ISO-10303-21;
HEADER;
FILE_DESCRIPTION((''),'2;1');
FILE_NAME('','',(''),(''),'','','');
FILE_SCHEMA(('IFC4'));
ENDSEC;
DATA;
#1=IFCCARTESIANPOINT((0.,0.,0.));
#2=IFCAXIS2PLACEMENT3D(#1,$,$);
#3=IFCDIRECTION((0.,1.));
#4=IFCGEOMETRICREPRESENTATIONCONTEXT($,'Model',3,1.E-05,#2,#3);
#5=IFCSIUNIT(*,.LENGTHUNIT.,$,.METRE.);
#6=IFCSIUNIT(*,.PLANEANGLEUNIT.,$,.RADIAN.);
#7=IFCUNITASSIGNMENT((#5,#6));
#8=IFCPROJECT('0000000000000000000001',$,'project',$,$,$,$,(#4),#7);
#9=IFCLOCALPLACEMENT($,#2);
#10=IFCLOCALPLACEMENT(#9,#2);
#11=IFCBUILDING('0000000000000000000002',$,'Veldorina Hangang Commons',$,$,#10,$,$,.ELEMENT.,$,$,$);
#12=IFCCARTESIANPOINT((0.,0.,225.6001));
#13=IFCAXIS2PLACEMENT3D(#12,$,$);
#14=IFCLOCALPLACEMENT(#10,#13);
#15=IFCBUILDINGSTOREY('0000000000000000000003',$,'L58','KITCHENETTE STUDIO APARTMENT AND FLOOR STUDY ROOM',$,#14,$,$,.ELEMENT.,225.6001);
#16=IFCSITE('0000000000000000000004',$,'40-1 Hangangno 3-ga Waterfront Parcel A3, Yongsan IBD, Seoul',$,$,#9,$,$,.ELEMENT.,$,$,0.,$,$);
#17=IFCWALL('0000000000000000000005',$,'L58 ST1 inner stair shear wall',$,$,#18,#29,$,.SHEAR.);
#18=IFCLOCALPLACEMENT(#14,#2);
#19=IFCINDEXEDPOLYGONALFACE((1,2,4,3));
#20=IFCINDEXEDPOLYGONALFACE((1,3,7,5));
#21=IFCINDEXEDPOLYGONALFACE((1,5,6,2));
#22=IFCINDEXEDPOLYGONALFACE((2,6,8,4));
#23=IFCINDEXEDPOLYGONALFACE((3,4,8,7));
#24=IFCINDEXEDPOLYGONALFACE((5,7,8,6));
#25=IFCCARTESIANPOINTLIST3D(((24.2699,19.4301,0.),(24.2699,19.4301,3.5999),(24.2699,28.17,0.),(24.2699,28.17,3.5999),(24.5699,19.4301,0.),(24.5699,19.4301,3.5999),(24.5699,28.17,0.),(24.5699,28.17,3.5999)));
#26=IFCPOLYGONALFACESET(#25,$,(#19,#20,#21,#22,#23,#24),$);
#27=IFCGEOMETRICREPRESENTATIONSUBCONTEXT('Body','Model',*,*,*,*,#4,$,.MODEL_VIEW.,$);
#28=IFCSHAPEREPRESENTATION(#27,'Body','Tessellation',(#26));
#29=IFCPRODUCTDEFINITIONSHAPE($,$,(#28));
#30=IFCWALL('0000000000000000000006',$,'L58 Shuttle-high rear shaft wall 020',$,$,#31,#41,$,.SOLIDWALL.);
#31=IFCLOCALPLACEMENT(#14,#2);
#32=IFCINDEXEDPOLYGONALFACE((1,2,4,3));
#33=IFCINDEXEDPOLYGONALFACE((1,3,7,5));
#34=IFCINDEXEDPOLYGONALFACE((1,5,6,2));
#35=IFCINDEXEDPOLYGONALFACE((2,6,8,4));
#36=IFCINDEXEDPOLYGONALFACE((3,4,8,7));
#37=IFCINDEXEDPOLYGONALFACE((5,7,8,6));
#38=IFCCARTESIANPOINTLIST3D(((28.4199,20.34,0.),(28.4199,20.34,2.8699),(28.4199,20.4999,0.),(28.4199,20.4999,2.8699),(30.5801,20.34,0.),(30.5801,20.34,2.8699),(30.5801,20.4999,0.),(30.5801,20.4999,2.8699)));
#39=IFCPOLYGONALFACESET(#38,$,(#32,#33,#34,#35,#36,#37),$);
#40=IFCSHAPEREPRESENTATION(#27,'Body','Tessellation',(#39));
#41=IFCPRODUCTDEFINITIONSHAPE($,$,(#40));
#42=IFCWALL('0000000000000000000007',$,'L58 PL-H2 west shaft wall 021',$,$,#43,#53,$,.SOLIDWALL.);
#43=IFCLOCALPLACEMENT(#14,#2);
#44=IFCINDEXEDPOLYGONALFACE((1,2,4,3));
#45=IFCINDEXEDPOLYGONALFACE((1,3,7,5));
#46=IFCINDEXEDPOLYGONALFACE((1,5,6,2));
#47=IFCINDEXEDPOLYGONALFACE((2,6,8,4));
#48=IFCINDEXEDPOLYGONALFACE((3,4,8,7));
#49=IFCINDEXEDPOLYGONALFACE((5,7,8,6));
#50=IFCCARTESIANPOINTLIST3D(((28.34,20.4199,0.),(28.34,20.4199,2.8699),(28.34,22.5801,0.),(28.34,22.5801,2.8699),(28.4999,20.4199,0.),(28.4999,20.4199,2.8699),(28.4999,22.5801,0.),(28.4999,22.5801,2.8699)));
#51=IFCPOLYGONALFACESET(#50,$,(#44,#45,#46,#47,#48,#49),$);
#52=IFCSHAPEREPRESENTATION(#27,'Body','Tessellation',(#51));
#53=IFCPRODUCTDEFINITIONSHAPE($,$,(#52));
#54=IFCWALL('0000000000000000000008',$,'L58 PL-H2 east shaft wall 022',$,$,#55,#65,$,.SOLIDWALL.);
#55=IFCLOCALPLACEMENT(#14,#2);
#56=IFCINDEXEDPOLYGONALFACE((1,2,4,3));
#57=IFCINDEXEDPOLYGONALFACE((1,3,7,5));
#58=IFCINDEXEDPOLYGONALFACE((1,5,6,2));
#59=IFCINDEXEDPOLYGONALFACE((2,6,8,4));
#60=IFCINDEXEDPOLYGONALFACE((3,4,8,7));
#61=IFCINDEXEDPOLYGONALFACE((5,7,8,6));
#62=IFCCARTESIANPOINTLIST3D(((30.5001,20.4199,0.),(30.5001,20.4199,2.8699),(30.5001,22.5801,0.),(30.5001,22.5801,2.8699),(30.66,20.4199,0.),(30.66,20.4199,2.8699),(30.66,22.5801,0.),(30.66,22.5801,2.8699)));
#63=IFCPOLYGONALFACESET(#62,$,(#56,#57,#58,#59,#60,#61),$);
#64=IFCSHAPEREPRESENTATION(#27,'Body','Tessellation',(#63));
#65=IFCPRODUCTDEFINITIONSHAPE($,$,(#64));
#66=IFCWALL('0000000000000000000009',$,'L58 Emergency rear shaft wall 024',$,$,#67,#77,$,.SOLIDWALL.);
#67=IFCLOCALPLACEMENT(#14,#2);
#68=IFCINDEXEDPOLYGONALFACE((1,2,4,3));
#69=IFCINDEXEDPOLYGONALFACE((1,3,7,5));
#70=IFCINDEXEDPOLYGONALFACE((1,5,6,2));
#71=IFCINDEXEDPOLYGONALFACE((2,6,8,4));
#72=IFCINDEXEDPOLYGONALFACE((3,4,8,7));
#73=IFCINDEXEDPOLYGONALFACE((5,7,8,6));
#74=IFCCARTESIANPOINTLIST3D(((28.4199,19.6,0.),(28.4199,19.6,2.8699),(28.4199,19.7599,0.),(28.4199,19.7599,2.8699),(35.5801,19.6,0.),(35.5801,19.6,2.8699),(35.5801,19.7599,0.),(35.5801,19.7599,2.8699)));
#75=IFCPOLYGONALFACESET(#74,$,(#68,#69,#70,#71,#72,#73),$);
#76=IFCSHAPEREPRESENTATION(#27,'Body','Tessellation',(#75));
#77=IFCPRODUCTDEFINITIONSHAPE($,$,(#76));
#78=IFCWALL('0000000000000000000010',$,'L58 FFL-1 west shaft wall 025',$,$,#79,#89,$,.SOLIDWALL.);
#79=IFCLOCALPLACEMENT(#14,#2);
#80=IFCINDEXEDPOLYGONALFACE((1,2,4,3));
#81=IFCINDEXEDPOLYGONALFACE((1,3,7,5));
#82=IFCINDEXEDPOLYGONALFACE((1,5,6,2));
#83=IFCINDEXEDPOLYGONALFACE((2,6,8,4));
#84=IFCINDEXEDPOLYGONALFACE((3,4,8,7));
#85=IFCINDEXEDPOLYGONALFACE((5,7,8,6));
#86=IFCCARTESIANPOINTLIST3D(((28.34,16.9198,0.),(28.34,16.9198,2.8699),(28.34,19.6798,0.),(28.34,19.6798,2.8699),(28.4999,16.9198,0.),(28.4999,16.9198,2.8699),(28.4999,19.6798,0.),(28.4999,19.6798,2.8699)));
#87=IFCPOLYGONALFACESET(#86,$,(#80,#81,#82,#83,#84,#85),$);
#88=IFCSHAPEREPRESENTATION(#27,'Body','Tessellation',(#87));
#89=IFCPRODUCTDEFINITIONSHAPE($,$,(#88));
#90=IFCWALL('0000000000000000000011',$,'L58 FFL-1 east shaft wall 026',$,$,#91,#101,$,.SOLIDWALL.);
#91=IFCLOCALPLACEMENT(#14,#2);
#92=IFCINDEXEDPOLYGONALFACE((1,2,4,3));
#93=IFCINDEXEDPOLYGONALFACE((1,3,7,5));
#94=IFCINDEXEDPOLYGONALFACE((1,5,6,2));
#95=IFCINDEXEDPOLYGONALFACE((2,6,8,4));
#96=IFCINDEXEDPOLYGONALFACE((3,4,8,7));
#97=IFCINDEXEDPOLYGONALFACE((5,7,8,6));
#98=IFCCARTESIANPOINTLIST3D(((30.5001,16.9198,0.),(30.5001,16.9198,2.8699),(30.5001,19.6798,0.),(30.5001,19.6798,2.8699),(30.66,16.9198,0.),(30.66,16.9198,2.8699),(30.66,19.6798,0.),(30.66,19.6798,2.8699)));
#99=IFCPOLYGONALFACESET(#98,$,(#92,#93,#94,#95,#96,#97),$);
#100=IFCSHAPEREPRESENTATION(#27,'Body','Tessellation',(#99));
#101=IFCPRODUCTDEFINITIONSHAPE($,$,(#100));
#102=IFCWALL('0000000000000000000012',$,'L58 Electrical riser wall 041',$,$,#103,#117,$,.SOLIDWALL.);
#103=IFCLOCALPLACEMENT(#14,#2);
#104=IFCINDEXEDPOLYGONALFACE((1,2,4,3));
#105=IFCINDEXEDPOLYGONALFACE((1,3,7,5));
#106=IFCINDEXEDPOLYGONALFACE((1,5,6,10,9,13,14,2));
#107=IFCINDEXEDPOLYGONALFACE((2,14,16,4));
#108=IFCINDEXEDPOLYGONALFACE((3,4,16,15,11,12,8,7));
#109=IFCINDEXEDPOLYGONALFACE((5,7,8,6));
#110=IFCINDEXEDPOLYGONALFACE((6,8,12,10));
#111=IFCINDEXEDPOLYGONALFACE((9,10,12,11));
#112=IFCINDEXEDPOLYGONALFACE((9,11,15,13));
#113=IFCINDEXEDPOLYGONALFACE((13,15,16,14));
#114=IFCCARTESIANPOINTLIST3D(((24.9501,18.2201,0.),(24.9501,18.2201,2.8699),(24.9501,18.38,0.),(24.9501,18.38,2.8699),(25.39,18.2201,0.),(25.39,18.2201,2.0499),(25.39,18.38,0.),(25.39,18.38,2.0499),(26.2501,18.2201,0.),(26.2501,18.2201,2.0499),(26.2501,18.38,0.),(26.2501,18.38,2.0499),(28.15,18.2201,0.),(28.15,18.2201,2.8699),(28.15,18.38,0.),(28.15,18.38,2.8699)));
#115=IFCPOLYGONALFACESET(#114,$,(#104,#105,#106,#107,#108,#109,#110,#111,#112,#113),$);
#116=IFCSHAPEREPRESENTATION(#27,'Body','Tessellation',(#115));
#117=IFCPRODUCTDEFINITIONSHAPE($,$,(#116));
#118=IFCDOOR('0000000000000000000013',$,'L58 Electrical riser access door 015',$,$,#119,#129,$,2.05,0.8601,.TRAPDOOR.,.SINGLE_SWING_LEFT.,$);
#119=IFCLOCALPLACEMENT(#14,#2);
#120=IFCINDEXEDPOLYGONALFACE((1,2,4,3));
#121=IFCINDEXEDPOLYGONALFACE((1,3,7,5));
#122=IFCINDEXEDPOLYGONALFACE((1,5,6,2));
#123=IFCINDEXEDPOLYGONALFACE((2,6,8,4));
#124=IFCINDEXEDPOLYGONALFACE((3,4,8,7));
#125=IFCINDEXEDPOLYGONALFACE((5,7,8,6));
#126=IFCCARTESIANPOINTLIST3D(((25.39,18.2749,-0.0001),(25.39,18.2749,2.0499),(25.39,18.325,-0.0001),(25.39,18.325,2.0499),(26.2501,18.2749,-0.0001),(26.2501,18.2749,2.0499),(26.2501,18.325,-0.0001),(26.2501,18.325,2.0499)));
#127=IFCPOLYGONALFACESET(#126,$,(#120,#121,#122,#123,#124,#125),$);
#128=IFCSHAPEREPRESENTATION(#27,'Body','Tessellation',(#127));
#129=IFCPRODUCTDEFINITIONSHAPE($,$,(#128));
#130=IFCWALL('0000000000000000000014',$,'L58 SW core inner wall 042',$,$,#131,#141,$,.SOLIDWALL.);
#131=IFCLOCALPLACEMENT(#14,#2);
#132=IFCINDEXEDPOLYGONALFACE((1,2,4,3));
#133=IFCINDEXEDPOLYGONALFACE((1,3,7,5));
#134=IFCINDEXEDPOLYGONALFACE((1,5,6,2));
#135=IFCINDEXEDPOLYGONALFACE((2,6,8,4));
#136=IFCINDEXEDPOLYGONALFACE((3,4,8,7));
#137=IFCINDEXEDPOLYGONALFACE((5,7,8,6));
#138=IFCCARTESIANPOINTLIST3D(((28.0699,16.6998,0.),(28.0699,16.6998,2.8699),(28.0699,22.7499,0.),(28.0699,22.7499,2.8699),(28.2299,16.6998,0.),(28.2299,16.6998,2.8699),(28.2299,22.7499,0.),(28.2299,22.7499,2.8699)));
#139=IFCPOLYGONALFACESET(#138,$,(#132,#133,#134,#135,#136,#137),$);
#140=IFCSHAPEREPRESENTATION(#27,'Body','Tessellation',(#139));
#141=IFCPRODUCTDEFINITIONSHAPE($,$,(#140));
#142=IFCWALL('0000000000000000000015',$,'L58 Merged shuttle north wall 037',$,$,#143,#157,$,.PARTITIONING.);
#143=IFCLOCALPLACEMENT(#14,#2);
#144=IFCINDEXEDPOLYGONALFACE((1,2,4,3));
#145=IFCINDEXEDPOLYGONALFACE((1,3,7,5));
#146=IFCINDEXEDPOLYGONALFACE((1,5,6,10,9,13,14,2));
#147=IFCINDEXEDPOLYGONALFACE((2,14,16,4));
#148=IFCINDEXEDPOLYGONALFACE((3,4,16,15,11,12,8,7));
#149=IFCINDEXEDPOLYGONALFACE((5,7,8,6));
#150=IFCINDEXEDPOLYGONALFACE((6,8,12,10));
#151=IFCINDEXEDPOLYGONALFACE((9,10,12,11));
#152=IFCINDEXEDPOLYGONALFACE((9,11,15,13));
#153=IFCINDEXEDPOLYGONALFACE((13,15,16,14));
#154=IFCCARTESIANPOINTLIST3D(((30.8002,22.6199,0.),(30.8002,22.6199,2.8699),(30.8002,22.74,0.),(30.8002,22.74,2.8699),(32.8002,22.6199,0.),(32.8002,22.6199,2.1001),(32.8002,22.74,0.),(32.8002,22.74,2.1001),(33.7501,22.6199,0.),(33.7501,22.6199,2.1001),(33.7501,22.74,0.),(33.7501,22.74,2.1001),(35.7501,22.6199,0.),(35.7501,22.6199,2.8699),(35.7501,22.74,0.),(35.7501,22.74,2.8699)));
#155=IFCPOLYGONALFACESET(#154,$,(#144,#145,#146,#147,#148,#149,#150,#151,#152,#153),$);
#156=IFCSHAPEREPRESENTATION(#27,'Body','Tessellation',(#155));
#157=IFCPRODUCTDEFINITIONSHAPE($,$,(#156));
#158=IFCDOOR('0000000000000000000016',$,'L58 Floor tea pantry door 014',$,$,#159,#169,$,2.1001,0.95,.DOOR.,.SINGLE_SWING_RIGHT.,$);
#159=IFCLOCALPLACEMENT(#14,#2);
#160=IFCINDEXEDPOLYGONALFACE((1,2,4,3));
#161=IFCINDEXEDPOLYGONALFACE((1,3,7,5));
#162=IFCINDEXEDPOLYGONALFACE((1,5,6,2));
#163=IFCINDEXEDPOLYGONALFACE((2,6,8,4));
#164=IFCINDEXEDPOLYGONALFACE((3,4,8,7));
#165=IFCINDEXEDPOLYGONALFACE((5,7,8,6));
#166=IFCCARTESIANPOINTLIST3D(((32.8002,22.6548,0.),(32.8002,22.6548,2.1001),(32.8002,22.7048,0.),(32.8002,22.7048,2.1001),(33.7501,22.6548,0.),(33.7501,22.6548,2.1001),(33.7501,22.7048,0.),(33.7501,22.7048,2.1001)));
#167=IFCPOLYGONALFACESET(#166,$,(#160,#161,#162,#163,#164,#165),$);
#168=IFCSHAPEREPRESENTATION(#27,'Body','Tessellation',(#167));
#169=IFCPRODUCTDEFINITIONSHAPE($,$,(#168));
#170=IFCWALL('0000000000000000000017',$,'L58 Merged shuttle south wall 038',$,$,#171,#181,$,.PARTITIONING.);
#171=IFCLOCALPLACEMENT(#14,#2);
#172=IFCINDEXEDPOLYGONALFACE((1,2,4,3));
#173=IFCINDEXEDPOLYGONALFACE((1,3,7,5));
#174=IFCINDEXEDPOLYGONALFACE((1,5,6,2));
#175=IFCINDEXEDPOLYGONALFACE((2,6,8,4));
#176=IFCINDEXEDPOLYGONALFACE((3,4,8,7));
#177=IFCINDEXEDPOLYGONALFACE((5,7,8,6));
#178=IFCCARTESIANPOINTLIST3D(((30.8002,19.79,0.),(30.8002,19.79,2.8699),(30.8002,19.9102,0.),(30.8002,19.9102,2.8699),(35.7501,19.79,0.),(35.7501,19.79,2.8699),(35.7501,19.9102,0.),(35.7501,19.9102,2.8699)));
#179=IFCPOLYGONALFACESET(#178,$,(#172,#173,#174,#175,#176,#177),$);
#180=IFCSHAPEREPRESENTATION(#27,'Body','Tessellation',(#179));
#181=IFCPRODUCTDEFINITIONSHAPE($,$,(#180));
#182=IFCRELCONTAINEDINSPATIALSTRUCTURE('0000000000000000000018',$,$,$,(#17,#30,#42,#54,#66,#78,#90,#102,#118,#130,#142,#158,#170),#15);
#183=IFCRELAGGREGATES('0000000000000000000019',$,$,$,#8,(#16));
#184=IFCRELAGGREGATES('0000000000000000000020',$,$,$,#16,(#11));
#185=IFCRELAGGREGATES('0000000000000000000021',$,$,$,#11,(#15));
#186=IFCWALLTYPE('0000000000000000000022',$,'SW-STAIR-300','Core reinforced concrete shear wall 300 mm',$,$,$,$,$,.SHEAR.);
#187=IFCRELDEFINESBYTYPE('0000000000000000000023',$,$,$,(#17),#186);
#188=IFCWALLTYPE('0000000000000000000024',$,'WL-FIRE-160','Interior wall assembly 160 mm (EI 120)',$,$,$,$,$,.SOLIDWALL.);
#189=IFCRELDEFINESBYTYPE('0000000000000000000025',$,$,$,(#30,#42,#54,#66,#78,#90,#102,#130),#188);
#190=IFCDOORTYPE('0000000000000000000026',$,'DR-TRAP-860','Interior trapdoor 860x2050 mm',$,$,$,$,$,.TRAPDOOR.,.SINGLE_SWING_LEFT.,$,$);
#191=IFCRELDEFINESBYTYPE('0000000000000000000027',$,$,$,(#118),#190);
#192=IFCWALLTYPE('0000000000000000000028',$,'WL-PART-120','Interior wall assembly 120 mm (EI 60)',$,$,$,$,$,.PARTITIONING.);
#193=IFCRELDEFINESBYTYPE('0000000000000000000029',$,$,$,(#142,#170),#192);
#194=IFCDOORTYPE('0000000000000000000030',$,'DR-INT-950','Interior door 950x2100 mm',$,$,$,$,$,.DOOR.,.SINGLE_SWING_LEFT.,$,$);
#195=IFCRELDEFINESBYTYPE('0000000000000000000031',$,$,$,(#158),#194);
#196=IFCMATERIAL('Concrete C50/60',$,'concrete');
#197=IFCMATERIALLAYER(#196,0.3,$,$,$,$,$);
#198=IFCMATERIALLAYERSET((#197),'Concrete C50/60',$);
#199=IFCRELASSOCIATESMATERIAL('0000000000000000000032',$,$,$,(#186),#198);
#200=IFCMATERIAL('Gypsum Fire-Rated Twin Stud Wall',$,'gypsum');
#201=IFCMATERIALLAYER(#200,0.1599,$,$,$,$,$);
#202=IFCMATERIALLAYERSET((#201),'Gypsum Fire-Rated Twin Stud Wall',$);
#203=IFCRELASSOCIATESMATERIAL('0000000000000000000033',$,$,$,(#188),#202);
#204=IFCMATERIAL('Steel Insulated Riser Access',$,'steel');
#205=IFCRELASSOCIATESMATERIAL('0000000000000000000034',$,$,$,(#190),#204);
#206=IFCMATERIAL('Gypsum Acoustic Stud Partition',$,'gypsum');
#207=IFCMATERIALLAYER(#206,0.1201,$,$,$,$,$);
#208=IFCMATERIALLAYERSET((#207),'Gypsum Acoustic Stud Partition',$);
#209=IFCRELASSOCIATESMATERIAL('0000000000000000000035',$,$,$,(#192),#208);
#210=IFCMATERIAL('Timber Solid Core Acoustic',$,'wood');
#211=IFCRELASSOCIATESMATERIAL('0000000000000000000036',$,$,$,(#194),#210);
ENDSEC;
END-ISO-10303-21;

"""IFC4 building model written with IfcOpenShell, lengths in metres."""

from ifc_helpers import new_model, si_unit, direction, frame, frame_2d, origin, place, context, subcontext, project, spatial, rectangle, extrude, material, layer, layer_set, type_object, element, fill, save


model = new_model("IFC4")

# Units and contexts
model_context = context("Model", 3, precision=1e-05, world=origin(), true_north=direction((0.0, 1.0)))
body_context = subcontext(model_context, "Body", "Model", "MODEL_VIEW")
ifc_project = project(units=[si_unit("LENGTHUNIT", "METRE"), si_unit("PLANEANGLEUNIT", "RADIAN")], contexts=[model_context])

# Site, building, storey
site_placement = place(None, origin())
site = spatial("IfcSite", under=ifc_project, at=site_placement, Name="40-1 Hangangno 3-ga Waterfront Parcel A3, Yongsan IBD, Seoul", CompositionType="ELEMENT", RefElevation=0.0)
building_placement = place(site_placement, origin())
building = spatial("IfcBuilding", under=site, at=building_placement, Name="Veldorina Hangang Commons", CompositionType="ELEMENT")
storey_placement = place(building_placement, frame((0.0, 0.0, 225.6001)))
storey = spatial("IfcBuildingStorey", under=building, at=storey_placement, Name="L58", Description="KITCHENETTE STUDIO APARTMENT AND FLOOR STUDY ROOM", CompositionType="ELEMENT", Elevation=225.6001)

# Shared definitions
ifc_material_1 = material(Name="Concrete C50/60", Category="concrete")

# Wall
ifc_layer_1 = layer(ifc_material_1, 0.3)
ifc_layer_set_1 = layer_set([ifc_layer_1], Name="Concrete C50/60")
wall_type_1 = type_object("IfcWallType", Name="SW-STAIR-300", Description="Core reinforced concrete shear wall 300 mm", PredefinedType="SHEAR", material=ifc_layer_set_1)
wall_1_placement = place(storey_placement, frame((24.4199, 19.4299, 0.0), z_axis=(0.0, 0.0, 1.0), x_axis=(0.0, 1.0, 0.0)))
element("IfcWall", 1, at=wall_1_placement, inside=storey, type_object=wall_type_1, Name="L58 ST1 inner stair shear wall", PredefinedType="SHEAR", context=body_context, shape_type="SweptSolid", body=[
    extrude(rectangle(XDim=8.74, YDim=0.3, at=frame_2d((4.3701, 0.0))), origin(), (0.0, 0.0, 1.0), 3.5999),
])

# Shared definitions
ifc_material_2 = material(Name="Gypsum Fire-Rated Twin Stud Wall", Category="gypsum")
ifc_layer_2 = layer(ifc_material_2, 0.1599)
ifc_layer_set_2 = layer_set([ifc_layer_2], Name="Gypsum Fire-Rated Twin Stud Wall")
wall_type_2 = type_object("IfcWallType", Name="WL-FIRE-160", Description="Interior wall assembly 160 mm (EI 120)", PredefinedType="SOLIDWALL", material=ifc_layer_set_2)

# Walls
for number, where, z_axis, x_axis, name in (
    (2, (28.4199, 20.4199, 0.0), (0.0, 0.0, 1.0), (1.0, 0.0, 0.0), "L58 Shuttle-high rear shaft wall 020"),
    (3, (28.4199, 20.4199, 0.0), (0.0, 0.0, 1.0), (0.0, 1.0, 0.0), "L58 PL-H2 west shaft wall 021"),
    (4, (30.5801, 20.4199, 0.0), (0.0, 0.0, 1.0), (0.0, 1.0, 0.0), "L58 PL-H2 east shaft wall 022"),
):
    element("IfcWall", number, at=place(storey_placement, frame(where, z_axis=z_axis, x_axis=x_axis)), inside=storey, type_object=wall_type_2, Name=name, PredefinedType="SOLIDWALL", context=body_context, shape_type="SweptSolid", body=[
        extrude(rectangle(XDim=2.1602, YDim=0.1599, at=frame_2d((1.0801, 0.0))), origin(), (0.0, 0.0, 1.0), 2.8699),
    ])

# Walls
wall_2_placement = place(storey_placement, frame((28.4199, 19.6799, 0.0), z_axis=(0.0, 0.0, 1.0), x_axis=(1.0, 0.0, 0.0)))
element("IfcWall", 5, at=wall_2_placement, inside=storey, type_object=wall_type_2, Name="L58 Emergency rear shaft wall 024", PredefinedType="SOLIDWALL", context=body_context, shape_type="SweptSolid", body=[
    extrude(rectangle(XDim=7.1602, YDim=0.1599, at=frame_2d((3.5801, 0.0))), origin(), (0.0, 0.0, 1.0), 2.8699),
])
for number, where, z_axis, x_axis, name in (
    (6, (28.4199, 16.9199, 0.0), (0.0, 0.0, 1.0), (0.0, 1.0, 0.0), "L58 FFL-1 west shaft wall 025"),
    (7, (30.5801, 16.9199, 0.0), (0.0, 0.0, 1.0), (0.0, 1.0, 0.0), "L58 FFL-1 east shaft wall 026"),
):
    element("IfcWall", number, at=place(storey_placement, frame(where, z_axis=z_axis, x_axis=x_axis)), inside=storey, type_object=wall_type_2, Name=name, PredefinedType="SOLIDWALL", context=body_context, shape_type="SweptSolid", body=[
        extrude(rectangle(XDim=2.76, YDim=0.1599, at=frame_2d((1.3799, 0.0))), origin(), (0.0, 0.0, 1.0), 2.8699),
    ])

# Wall, opening, door
wall_3_placement = place(storey_placement, frame((24.95, 18.3, 0.0), z_axis=(0.0, 0.0, 1.0), x_axis=(1.0, 0.0, 0.0)))
wall_3 = element("IfcWall", 8, at=wall_3_placement, inside=storey, type_object=wall_type_2, Name="L58 Electrical riser wall 041", PredefinedType="SOLIDWALL", context=body_context, shape_type="SweptSolid", body=[
    extrude(rectangle(XDim=3.2, YDim=0.1599, at=frame_2d((1.6001, 0.0))), origin(), (0.0, 0.0, 1.0), 2.8699),
])
opening_1_placement = place(wall_3_placement, frame((0.4399, 0.0, 0.0)))
opening_1 = element("IfcOpeningElement", 9, at=opening_1_placement, cuts=wall_3, PredefinedType="OPENING", context=body_context, shape_type="SweptSolid", body=[
    extrude(rectangle(XDim=0.8601, YDim=2.05, at=frame_2d((0.4302, 1.0249))), frame((0.0, 0.0898, 0.0), z_axis=(0.0, -1.0, 0.0), x_axis=(1.0, 0.0, 0.0)), (0.0, 0.0, 1.0), 0.1799),
])
ifc_material_3 = material(Name="Steel Insulated Riser Access", Category="steel")
door_type_1 = type_object("IfcDoorType", Name="DR-TRAP-860", Description="Interior trapdoor 860x2050 mm", OperationType="SINGLE_SWING_LEFT", PredefinedType="TRAPDOOR", material=ifc_material_3)
door_1_placement = place(opening_1_placement, origin())
door_1 = element("IfcDoor", 10, at=door_1_placement, inside=storey, type_object=door_type_1, Name="L58 Electrical riser access door 015", OperationType="SINGLE_SWING_LEFT", OverallHeight=2.05, OverallWidth=0.8601, PredefinedType="TRAPDOOR", context=body_context, shape_type="SweptSolid", body=[
    extrude(rectangle(XDim=0.8601, YDim=2.05, at=frame_2d((0.4302, 1.0249))), frame((0.0, 0.0249, 0.0), z_axis=(0.0, -1.0, 0.0), x_axis=(1.0, 0.0, 0.0)), (0.0, 0.0, 1.0), 0.05),
])
fill(opening_1, door_1)

# Wall
wall_4_placement = place(storey_placement, frame((28.1499, 16.7, 0.0), z_axis=(0.0, 0.0, 1.0), x_axis=(0.0, 1.0, 0.0)))
element("IfcWall", 11, at=wall_4_placement, inside=storey, type_object=wall_type_2, Name="L58 SW core inner wall 042", PredefinedType="SOLIDWALL", context=body_context, shape_type="SweptSolid", body=[
    extrude(rectangle(XDim=6.05, YDim=0.1599, at=frame_2d((3.0249, 0.0))), origin(), (0.0, 0.0, 1.0), 2.8699),
])

# Wall, opening, door
ifc_material_4 = material(Name="Gypsum Acoustic Stud Partition", Category="gypsum")
ifc_layer_3 = layer(ifc_material_4, 0.1201)
ifc_layer_set_3 = layer_set([ifc_layer_3], Name="Gypsum Acoustic Stud Partition")
wall_type_3 = type_object("IfcWallType", Name="WL-PART-120", Description="Interior wall assembly 120 mm (EI 60)", PredefinedType="PARTITIONING", material=ifc_layer_set_3)
wall_5_placement = place(storey_placement, frame((30.8, 22.6799, 0.0), z_axis=(0.0, 0.0, 1.0), x_axis=(1.0, 0.0, 0.0)))
wall_5 = element("IfcWall", 12, at=wall_5_placement, inside=storey, type_object=wall_type_3, Name="L58 Merged shuttle north wall 037", PredefinedType="PARTITIONING", context=body_context, shape_type="SweptSolid", body=[
    extrude(rectangle(XDim=4.95, YDim=0.1201, at=frame_2d((2.4751, 0.0))), origin(), (0.0, 0.0, 1.0), 2.8699),
])
opening_2_placement = place(wall_5_placement, frame((2.0, 0.0, 0.0)))
opening_2 = element("IfcOpeningElement", 13, at=opening_2_placement, cuts=wall_5, PredefinedType="OPENING", context=body_context, shape_type="SweptSolid", body=[
    extrude(rectangle(XDim=0.95, YDim=2.1001, at=frame_2d((0.4751, 1.05))), frame((0.0, 0.0701, 0.0), z_axis=(0.0, -1.0, 0.0), x_axis=(1.0, 0.0, 0.0)), (0.0, 0.0, 1.0), 0.1401),
])
ifc_material_5 = material(Name="Timber Solid Core Acoustic", Category="wood")
door_type_2 = type_object("IfcDoorType", Name="DR-INT-950", Description="Interior door 950x2100 mm", OperationType="SINGLE_SWING_LEFT", PredefinedType="DOOR", material=ifc_material_5)
door_2_placement = place(opening_2_placement, origin())
door_2 = element("IfcDoor", 14, at=door_2_placement, inside=storey, type_object=door_type_2, Name="L58 Floor tea pantry door 014", OperationType="SINGLE_SWING_RIGHT", OverallHeight=2.1001, OverallWidth=0.95, PredefinedType="DOOR", context=body_context, shape_type="SweptSolid", body=[
    extrude(rectangle(XDim=0.95, YDim=2.1001, at=frame_2d((0.4751, 1.05))), frame((0.0, 0.0249, 0.0), z_axis=(0.0, -1.0, 0.0), x_axis=(1.0, 0.0, 0.0)), (0.0, 0.0, 1.0), 0.05),
])
fill(opening_2, door_2)

# Wall
wall_6_placement = place(storey_placement, frame((30.8, 19.8501, 0.0), z_axis=(0.0, 0.0, 1.0), x_axis=(1.0, 0.0, 0.0)))
element("IfcWall", 15, at=wall_6_placement, inside=storey, type_object=wall_type_3, Name="L58 Merged shuttle south wall 038", PredefinedType="PARTITIONING", context=body_context, shape_type="SweptSolid", body=[
    extrude(rectangle(XDim=4.95, YDim=0.1201, at=frame_2d((2.4751, 0.0))), origin(), (0.0, 0.0, 1.0), 2.8699),
])

save(model, "model.ifc")
